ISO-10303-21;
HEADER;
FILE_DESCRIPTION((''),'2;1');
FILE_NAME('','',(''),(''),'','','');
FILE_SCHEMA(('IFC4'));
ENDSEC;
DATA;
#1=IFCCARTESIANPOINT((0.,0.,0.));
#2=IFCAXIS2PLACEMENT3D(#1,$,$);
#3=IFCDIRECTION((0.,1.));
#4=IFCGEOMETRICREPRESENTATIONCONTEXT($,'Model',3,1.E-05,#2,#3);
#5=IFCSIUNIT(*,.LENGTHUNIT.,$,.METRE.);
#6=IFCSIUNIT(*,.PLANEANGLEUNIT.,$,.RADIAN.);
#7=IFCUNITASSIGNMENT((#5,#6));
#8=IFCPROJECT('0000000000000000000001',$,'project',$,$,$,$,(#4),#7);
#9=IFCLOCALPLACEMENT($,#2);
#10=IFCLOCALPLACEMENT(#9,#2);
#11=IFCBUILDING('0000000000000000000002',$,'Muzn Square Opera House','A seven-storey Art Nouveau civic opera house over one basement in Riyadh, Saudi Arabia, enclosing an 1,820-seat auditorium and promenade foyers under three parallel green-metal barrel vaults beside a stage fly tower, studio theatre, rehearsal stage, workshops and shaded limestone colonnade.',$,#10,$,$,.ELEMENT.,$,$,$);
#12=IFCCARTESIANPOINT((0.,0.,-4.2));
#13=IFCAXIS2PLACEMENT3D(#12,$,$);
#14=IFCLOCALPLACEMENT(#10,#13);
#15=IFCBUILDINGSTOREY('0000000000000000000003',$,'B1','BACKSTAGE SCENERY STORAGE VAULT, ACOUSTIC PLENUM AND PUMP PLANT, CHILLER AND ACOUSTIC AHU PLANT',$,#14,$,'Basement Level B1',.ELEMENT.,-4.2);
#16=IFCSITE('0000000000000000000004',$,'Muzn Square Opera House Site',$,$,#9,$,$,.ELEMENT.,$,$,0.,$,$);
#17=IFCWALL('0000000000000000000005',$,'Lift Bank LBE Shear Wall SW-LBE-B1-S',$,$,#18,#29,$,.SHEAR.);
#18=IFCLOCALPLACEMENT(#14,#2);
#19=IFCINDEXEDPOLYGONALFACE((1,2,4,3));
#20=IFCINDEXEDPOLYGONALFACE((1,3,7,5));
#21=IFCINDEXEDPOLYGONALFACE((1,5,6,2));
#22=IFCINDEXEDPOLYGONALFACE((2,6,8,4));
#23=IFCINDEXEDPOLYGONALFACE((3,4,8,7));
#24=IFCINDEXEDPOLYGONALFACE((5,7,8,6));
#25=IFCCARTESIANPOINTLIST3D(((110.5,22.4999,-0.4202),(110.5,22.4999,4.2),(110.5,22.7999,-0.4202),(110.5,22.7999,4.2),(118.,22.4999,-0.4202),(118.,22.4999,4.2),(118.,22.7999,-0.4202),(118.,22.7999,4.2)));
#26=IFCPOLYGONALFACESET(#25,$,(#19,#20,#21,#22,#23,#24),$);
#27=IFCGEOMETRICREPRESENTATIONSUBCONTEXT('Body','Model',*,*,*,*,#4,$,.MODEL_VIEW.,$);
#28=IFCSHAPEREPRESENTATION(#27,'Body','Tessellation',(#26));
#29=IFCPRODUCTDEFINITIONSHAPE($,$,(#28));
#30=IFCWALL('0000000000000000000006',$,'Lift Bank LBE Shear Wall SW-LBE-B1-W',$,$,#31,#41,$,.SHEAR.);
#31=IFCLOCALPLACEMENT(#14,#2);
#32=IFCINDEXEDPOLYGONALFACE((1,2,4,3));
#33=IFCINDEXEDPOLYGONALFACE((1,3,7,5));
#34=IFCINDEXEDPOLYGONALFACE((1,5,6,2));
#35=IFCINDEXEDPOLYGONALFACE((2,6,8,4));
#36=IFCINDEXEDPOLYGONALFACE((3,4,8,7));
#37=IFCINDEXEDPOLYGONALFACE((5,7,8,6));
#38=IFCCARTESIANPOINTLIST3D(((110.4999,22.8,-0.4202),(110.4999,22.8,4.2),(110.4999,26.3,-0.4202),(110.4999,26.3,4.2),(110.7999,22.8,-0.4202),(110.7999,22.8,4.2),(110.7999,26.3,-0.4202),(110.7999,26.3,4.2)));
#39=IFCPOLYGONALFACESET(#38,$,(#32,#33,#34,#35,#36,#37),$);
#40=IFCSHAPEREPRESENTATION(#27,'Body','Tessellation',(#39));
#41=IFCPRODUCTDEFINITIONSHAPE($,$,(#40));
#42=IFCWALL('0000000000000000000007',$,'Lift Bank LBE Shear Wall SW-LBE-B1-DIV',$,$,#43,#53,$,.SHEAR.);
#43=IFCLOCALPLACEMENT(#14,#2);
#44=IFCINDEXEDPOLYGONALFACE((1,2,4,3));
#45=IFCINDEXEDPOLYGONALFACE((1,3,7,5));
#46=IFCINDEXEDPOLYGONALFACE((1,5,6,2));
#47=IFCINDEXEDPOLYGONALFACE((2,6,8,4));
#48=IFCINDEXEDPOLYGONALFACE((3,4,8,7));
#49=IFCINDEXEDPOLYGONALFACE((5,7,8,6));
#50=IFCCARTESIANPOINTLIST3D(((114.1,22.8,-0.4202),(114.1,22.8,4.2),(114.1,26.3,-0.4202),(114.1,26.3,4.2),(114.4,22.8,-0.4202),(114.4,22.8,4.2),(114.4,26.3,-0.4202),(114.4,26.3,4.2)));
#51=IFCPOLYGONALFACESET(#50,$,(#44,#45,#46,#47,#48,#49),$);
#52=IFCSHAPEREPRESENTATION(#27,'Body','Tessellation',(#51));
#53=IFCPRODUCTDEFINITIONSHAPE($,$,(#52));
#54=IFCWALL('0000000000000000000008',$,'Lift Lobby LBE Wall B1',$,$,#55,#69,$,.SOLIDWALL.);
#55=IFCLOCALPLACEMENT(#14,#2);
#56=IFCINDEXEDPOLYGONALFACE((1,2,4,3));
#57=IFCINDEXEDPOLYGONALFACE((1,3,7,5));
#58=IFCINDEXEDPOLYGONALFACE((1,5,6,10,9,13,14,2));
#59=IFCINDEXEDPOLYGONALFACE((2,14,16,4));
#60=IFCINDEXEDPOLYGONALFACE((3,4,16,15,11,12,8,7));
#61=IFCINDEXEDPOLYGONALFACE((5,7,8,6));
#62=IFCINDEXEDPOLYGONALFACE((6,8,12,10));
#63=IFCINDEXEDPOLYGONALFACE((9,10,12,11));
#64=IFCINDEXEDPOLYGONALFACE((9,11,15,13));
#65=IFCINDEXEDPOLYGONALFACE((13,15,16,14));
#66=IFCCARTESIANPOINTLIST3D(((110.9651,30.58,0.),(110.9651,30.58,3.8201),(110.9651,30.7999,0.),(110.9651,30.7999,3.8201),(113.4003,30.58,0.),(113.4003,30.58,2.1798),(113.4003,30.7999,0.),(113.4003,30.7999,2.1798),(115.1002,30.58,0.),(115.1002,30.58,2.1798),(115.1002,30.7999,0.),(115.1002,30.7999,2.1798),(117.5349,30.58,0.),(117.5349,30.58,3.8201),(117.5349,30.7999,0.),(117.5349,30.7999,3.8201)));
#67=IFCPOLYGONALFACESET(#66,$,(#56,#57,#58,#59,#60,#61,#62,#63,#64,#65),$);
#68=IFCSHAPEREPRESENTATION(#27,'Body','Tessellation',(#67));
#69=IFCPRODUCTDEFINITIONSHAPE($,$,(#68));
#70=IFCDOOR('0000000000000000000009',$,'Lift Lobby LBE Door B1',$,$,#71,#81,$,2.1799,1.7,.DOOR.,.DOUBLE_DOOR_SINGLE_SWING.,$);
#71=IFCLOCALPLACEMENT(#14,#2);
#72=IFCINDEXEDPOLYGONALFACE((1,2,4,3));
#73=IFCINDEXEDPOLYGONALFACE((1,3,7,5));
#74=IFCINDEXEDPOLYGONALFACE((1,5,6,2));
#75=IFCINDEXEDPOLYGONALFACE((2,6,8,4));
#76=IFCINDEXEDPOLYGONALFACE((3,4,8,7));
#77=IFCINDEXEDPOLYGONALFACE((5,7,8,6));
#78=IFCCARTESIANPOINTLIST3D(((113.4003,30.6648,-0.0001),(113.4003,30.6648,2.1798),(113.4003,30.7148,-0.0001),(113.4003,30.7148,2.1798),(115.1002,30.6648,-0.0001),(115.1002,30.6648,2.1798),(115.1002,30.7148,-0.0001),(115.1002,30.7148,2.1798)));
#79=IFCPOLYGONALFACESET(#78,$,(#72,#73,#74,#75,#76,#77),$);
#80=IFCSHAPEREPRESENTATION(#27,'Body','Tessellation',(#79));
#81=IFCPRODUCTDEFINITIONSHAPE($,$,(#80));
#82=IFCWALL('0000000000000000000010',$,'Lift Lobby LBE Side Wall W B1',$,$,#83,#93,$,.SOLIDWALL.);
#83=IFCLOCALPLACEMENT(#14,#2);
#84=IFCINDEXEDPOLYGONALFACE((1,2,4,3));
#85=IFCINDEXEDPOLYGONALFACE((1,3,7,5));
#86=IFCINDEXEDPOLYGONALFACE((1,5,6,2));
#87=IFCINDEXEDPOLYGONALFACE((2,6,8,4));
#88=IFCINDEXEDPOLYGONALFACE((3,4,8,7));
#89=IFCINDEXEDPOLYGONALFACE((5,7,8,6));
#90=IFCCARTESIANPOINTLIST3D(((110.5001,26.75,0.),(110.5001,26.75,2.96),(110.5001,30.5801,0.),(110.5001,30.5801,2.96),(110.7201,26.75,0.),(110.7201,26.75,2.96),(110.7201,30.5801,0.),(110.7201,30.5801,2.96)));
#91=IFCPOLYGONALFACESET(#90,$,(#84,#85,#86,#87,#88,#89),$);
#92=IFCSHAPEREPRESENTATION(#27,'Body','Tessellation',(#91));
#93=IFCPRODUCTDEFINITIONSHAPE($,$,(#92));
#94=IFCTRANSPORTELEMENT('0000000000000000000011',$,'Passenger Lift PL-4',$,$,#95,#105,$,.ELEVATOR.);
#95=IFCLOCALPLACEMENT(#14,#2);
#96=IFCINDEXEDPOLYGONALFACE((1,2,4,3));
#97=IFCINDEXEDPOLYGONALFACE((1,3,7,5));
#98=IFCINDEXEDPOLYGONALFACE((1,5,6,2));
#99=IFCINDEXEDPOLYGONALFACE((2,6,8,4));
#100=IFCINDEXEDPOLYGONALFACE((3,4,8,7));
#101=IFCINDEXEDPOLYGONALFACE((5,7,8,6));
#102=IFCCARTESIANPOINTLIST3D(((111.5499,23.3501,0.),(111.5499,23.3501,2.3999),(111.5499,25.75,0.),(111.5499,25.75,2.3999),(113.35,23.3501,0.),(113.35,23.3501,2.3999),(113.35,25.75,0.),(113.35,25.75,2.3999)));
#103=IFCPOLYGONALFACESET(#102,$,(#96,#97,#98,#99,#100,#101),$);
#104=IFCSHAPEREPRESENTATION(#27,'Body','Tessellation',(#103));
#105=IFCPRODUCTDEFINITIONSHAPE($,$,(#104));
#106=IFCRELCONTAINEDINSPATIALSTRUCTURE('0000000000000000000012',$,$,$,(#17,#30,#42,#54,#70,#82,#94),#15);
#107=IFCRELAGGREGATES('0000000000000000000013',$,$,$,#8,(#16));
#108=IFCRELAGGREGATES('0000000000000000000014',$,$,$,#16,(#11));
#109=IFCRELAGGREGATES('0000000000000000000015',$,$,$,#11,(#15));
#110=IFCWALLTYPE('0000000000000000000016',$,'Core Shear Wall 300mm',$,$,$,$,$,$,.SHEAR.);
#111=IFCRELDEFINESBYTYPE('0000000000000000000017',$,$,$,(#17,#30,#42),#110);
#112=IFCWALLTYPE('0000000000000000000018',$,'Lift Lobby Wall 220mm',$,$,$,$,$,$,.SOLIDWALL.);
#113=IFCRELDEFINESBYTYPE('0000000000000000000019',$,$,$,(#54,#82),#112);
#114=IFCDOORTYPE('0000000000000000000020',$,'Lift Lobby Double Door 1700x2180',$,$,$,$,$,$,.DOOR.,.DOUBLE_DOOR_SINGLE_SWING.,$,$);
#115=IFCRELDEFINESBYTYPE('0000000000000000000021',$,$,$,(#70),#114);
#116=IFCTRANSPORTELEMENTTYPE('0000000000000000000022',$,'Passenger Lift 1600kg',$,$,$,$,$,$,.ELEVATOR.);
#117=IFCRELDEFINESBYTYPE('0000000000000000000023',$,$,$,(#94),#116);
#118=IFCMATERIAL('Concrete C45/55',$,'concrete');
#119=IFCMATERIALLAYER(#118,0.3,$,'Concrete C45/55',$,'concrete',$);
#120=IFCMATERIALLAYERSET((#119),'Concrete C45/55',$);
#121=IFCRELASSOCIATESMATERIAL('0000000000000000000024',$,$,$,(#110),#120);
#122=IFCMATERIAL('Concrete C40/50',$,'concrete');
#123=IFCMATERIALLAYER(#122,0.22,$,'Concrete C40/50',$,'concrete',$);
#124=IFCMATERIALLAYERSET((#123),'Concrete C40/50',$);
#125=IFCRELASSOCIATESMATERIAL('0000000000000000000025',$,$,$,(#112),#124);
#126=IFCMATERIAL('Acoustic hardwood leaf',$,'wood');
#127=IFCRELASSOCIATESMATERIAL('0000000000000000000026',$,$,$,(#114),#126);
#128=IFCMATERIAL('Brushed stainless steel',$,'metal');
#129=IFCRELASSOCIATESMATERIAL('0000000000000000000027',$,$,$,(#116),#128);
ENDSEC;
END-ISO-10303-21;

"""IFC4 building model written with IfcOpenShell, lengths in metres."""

from ifc_helpers import new_model, si_unit, direction, frame, frame_2d, origin, origin_2d, place, context, subcontext, project, spatial, rectangle, extrude, material, layer, layer_set, type_object, element, fill, save


model = new_model("IFC4")

# Units and contexts
model_context = context("Model", 3, precision=1e-05, world=origin(), true_north=direction((0.0, 1.0)))
body_context = subcontext(model_context, "Body", "Model", "MODEL_VIEW")
ifc_project = project(units=[si_unit("LENGTHUNIT", "METRE"), si_unit("PLANEANGLEUNIT", "RADIAN")], contexts=[model_context])

# Site, building, storey
site_placement = place(None, origin())
site = spatial("IfcSite", under=ifc_project, at=site_placement, Name="Muzn Square Opera House Site", CompositionType="ELEMENT", RefElevation=0.0)
building_placement = place(site_placement, origin())
building = spatial("IfcBuilding", under=site, at=building_placement, Name="Muzn Square Opera House", Description="A seven-storey Art Nouveau civic opera house over one basement in Riyadh, Saudi Arabia, enclosing an 1,820-seat auditorium and promenade foyers under three parallel green-metal barrel vaults beside a stage fly tower, studio theatre, rehearsal stage, workshops and shaded limestone colonnade.", CompositionType="ELEMENT")
storey_placement = place(building_placement, frame((0.0, 0.0, -4.2)))
storey = spatial("IfcBuildingStorey", under=building, at=storey_placement, Name="B1", Description="BACKSTAGE SCENERY STORAGE VAULT, ACOUSTIC PLENUM AND PUMP PLANT, CHILLER AND ACOUSTIC AHU PLANT", LongName="Basement Level B1", CompositionType="ELEMENT", Elevation=-4.2)

# Shared definitions
ifc_material_1 = material(Name="Concrete C40/50", Category="concrete")

# Shared definitions
ifc_material_2 = material(Name="Concrete C45/55", Category="concrete")

# Walls
ifc_layer_1 = layer(ifc_material_2, 0.3, Name="Concrete C45/55", Category="concrete")
ifc_layer_set_1 = layer_set([ifc_layer_1], Name="Concrete C45/55")
wall_type_1 = type_object("IfcWallType", Name="Core Shear Wall 300mm", PredefinedType="SHEAR", material=ifc_layer_set_1)
wall_1_placement = place(storey_placement, frame((110.5, 22.6499, -0.4202), z_axis=(0.0, 0.0, 1.0), x_axis=(1.0, 0.0, 0.0)))
element("IfcWall", 1, at=wall_1_placement, inside=storey, type_object=wall_type_1, Name="Lift Bank LBE Shear Wall SW-LBE-B1-S", PredefinedType="SHEAR", context=body_context, shape_type="SweptSolid", body=[
    extrude(rectangle(XDim=7.5, YDim=0.3, at=frame_2d((3.75, 0.0))), origin(), (0.0, 0.0, 1.0), 4.6201),
])
for number, where, z_axis, x_axis, name in (
    (2, (110.6499, 22.8, -0.4202), (0.0, 0.0, 1.0), (0.0, 1.0, 0.0), "Lift Bank LBE Shear Wall SW-LBE-B1-W"),
    (3, (114.25, 22.8, -0.4202), (0.0, 0.0, 1.0), (0.0, 1.0, 0.0), "Lift Bank LBE Shear Wall SW-LBE-B1-DIV"),
):
    element("IfcWall", number, at=place(storey_placement, frame(where, z_axis=z_axis, x_axis=x_axis)), inside=storey, type_object=wall_type_1, Name=name, PredefinedType="SHEAR", context=body_context, shape_type="SweptSolid", body=[
        extrude(rectangle(XDim=3.5, YDim=0.3, at=frame_2d((1.75, 0.0))), origin(), (0.0, 0.0, 1.0), 4.6201),
    ])

# Shared definitions
ifc_material_3 = material(Name="Brushed stainless steel", Category="metal")

# Wall, opening, door
ifc_layer_2 = layer(ifc_material_1, 0.22, Name="Concrete C40/50", Category="concrete")
ifc_layer_set_2 = layer_set([ifc_layer_2], Name="Concrete C40/50")
wall_type_2 = type_object("IfcWallType", Name="Lift Lobby Wall 220mm", PredefinedType="SOLIDWALL", material=ifc_layer_set_2)
wall_2_placement = place(storey_placement, frame((110.9651, 30.6899, 0.0), z_axis=(0.0, 0.0, 1.0), x_axis=(1.0, 0.0, 0.0)))
wall_2 = element("IfcWall", 4, at=wall_2_placement, inside=storey, type_object=wall_type_2, Name="Lift Lobby LBE Wall B1", PredefinedType="SOLIDWALL", context=body_context, shape_type="SweptSolid", body=[
    extrude(rectangle(XDim=6.5698, YDim=0.22, at=frame_2d((3.2849, 0.0))), origin(), (0.0, 0.0, 1.0), 3.8201),
])
opening_1_placement = place(wall_2_placement, frame((2.4351, 0.0, 0.0)))
opening_1 = element("IfcOpeningElement", 5, at=opening_1_placement, cuts=wall_2, PredefinedType="OPENING", context=body_context, shape_type="SweptSolid", body=[
    extrude(rectangle(XDim=1.7, YDim=2.1799, at=frame_2d((0.8501, 1.0898))), frame((0.0, 0.1199, 0.0), z_axis=(0.0, -1.0, 0.0), x_axis=(1.0, 0.0, 0.0)), (0.0, 0.0, 1.0), 0.24),
])
ifc_material_4 = material(Name="Acoustic hardwood leaf", Category="wood")
door_type_1 = type_object("IfcDoorType", Name="Lift Lobby Double Door 1700x2180", OperationType="DOUBLE_DOOR_SINGLE_SWING", PredefinedType="DOOR", material=ifc_material_4)
door_1_placement = place(opening_1_placement, origin())
door_1 = element("IfcDoor", 6, at=door_1_placement, inside=storey, type_object=door_type_1, Name="Lift Lobby LBE Door B1", OperationType="DOUBLE_DOOR_SINGLE_SWING", OverallHeight=2.1799, OverallWidth=1.7, PredefinedType="DOOR", context=body_context, shape_type="SweptSolid", body=[
    extrude(rectangle(XDim=1.7, YDim=2.1799, at=frame_2d((0.8501, 1.0898))), frame((0.0, 0.0249, 0.0), z_axis=(0.0, -1.0, 0.0), x_axis=(1.0, 0.0, 0.0)), (0.0, 0.0, 1.0), 0.05),
])
fill(opening_1, door_1)

# Wall
wall_3_placement = place(storey_placement, frame((110.6101, 26.75, 0.0), z_axis=(0.0, 0.0, 1.0), x_axis=(0.0, 1.0, 0.0)))
element("IfcWall", 7, at=wall_3_placement, inside=storey, type_object=wall_type_2, Name="Lift Lobby LBE Side Wall W B1", PredefinedType="SOLIDWALL", context=body_context, shape_type="SweptSolid", body=[
    extrude(rectangle(XDim=3.8301, YDim=0.22, at=frame_2d((1.915, 0.0))), origin(), (0.0, 0.0, 1.0), 2.96),
])

# Transport element
transport_element_type = type_object("IfcTransportElementType", Name="Passenger Lift 1600kg", PredefinedType="ELEVATOR", material=ifc_material_3)
transport_element_placement = place(storey_placement, frame((112.45, 24.55, 0.0), z_axis=(0.0, 0.0, 1.0), x_axis=(1.0, 0.0, 0.0)))
element("IfcTransportElement", 8, at=transport_element_placement, inside=storey, type_object=transport_element_type, Name="Passenger Lift PL-4", PredefinedType="ELEVATOR", context=body_context, shape_type="SweptSolid", body=[
    extrude(rectangle(XDim=1.8, YDim=2.3999, at=origin_2d()), origin(), (0.0, 0.0, 1.0), 2.3999),
])

save(model, "model.ifc")
